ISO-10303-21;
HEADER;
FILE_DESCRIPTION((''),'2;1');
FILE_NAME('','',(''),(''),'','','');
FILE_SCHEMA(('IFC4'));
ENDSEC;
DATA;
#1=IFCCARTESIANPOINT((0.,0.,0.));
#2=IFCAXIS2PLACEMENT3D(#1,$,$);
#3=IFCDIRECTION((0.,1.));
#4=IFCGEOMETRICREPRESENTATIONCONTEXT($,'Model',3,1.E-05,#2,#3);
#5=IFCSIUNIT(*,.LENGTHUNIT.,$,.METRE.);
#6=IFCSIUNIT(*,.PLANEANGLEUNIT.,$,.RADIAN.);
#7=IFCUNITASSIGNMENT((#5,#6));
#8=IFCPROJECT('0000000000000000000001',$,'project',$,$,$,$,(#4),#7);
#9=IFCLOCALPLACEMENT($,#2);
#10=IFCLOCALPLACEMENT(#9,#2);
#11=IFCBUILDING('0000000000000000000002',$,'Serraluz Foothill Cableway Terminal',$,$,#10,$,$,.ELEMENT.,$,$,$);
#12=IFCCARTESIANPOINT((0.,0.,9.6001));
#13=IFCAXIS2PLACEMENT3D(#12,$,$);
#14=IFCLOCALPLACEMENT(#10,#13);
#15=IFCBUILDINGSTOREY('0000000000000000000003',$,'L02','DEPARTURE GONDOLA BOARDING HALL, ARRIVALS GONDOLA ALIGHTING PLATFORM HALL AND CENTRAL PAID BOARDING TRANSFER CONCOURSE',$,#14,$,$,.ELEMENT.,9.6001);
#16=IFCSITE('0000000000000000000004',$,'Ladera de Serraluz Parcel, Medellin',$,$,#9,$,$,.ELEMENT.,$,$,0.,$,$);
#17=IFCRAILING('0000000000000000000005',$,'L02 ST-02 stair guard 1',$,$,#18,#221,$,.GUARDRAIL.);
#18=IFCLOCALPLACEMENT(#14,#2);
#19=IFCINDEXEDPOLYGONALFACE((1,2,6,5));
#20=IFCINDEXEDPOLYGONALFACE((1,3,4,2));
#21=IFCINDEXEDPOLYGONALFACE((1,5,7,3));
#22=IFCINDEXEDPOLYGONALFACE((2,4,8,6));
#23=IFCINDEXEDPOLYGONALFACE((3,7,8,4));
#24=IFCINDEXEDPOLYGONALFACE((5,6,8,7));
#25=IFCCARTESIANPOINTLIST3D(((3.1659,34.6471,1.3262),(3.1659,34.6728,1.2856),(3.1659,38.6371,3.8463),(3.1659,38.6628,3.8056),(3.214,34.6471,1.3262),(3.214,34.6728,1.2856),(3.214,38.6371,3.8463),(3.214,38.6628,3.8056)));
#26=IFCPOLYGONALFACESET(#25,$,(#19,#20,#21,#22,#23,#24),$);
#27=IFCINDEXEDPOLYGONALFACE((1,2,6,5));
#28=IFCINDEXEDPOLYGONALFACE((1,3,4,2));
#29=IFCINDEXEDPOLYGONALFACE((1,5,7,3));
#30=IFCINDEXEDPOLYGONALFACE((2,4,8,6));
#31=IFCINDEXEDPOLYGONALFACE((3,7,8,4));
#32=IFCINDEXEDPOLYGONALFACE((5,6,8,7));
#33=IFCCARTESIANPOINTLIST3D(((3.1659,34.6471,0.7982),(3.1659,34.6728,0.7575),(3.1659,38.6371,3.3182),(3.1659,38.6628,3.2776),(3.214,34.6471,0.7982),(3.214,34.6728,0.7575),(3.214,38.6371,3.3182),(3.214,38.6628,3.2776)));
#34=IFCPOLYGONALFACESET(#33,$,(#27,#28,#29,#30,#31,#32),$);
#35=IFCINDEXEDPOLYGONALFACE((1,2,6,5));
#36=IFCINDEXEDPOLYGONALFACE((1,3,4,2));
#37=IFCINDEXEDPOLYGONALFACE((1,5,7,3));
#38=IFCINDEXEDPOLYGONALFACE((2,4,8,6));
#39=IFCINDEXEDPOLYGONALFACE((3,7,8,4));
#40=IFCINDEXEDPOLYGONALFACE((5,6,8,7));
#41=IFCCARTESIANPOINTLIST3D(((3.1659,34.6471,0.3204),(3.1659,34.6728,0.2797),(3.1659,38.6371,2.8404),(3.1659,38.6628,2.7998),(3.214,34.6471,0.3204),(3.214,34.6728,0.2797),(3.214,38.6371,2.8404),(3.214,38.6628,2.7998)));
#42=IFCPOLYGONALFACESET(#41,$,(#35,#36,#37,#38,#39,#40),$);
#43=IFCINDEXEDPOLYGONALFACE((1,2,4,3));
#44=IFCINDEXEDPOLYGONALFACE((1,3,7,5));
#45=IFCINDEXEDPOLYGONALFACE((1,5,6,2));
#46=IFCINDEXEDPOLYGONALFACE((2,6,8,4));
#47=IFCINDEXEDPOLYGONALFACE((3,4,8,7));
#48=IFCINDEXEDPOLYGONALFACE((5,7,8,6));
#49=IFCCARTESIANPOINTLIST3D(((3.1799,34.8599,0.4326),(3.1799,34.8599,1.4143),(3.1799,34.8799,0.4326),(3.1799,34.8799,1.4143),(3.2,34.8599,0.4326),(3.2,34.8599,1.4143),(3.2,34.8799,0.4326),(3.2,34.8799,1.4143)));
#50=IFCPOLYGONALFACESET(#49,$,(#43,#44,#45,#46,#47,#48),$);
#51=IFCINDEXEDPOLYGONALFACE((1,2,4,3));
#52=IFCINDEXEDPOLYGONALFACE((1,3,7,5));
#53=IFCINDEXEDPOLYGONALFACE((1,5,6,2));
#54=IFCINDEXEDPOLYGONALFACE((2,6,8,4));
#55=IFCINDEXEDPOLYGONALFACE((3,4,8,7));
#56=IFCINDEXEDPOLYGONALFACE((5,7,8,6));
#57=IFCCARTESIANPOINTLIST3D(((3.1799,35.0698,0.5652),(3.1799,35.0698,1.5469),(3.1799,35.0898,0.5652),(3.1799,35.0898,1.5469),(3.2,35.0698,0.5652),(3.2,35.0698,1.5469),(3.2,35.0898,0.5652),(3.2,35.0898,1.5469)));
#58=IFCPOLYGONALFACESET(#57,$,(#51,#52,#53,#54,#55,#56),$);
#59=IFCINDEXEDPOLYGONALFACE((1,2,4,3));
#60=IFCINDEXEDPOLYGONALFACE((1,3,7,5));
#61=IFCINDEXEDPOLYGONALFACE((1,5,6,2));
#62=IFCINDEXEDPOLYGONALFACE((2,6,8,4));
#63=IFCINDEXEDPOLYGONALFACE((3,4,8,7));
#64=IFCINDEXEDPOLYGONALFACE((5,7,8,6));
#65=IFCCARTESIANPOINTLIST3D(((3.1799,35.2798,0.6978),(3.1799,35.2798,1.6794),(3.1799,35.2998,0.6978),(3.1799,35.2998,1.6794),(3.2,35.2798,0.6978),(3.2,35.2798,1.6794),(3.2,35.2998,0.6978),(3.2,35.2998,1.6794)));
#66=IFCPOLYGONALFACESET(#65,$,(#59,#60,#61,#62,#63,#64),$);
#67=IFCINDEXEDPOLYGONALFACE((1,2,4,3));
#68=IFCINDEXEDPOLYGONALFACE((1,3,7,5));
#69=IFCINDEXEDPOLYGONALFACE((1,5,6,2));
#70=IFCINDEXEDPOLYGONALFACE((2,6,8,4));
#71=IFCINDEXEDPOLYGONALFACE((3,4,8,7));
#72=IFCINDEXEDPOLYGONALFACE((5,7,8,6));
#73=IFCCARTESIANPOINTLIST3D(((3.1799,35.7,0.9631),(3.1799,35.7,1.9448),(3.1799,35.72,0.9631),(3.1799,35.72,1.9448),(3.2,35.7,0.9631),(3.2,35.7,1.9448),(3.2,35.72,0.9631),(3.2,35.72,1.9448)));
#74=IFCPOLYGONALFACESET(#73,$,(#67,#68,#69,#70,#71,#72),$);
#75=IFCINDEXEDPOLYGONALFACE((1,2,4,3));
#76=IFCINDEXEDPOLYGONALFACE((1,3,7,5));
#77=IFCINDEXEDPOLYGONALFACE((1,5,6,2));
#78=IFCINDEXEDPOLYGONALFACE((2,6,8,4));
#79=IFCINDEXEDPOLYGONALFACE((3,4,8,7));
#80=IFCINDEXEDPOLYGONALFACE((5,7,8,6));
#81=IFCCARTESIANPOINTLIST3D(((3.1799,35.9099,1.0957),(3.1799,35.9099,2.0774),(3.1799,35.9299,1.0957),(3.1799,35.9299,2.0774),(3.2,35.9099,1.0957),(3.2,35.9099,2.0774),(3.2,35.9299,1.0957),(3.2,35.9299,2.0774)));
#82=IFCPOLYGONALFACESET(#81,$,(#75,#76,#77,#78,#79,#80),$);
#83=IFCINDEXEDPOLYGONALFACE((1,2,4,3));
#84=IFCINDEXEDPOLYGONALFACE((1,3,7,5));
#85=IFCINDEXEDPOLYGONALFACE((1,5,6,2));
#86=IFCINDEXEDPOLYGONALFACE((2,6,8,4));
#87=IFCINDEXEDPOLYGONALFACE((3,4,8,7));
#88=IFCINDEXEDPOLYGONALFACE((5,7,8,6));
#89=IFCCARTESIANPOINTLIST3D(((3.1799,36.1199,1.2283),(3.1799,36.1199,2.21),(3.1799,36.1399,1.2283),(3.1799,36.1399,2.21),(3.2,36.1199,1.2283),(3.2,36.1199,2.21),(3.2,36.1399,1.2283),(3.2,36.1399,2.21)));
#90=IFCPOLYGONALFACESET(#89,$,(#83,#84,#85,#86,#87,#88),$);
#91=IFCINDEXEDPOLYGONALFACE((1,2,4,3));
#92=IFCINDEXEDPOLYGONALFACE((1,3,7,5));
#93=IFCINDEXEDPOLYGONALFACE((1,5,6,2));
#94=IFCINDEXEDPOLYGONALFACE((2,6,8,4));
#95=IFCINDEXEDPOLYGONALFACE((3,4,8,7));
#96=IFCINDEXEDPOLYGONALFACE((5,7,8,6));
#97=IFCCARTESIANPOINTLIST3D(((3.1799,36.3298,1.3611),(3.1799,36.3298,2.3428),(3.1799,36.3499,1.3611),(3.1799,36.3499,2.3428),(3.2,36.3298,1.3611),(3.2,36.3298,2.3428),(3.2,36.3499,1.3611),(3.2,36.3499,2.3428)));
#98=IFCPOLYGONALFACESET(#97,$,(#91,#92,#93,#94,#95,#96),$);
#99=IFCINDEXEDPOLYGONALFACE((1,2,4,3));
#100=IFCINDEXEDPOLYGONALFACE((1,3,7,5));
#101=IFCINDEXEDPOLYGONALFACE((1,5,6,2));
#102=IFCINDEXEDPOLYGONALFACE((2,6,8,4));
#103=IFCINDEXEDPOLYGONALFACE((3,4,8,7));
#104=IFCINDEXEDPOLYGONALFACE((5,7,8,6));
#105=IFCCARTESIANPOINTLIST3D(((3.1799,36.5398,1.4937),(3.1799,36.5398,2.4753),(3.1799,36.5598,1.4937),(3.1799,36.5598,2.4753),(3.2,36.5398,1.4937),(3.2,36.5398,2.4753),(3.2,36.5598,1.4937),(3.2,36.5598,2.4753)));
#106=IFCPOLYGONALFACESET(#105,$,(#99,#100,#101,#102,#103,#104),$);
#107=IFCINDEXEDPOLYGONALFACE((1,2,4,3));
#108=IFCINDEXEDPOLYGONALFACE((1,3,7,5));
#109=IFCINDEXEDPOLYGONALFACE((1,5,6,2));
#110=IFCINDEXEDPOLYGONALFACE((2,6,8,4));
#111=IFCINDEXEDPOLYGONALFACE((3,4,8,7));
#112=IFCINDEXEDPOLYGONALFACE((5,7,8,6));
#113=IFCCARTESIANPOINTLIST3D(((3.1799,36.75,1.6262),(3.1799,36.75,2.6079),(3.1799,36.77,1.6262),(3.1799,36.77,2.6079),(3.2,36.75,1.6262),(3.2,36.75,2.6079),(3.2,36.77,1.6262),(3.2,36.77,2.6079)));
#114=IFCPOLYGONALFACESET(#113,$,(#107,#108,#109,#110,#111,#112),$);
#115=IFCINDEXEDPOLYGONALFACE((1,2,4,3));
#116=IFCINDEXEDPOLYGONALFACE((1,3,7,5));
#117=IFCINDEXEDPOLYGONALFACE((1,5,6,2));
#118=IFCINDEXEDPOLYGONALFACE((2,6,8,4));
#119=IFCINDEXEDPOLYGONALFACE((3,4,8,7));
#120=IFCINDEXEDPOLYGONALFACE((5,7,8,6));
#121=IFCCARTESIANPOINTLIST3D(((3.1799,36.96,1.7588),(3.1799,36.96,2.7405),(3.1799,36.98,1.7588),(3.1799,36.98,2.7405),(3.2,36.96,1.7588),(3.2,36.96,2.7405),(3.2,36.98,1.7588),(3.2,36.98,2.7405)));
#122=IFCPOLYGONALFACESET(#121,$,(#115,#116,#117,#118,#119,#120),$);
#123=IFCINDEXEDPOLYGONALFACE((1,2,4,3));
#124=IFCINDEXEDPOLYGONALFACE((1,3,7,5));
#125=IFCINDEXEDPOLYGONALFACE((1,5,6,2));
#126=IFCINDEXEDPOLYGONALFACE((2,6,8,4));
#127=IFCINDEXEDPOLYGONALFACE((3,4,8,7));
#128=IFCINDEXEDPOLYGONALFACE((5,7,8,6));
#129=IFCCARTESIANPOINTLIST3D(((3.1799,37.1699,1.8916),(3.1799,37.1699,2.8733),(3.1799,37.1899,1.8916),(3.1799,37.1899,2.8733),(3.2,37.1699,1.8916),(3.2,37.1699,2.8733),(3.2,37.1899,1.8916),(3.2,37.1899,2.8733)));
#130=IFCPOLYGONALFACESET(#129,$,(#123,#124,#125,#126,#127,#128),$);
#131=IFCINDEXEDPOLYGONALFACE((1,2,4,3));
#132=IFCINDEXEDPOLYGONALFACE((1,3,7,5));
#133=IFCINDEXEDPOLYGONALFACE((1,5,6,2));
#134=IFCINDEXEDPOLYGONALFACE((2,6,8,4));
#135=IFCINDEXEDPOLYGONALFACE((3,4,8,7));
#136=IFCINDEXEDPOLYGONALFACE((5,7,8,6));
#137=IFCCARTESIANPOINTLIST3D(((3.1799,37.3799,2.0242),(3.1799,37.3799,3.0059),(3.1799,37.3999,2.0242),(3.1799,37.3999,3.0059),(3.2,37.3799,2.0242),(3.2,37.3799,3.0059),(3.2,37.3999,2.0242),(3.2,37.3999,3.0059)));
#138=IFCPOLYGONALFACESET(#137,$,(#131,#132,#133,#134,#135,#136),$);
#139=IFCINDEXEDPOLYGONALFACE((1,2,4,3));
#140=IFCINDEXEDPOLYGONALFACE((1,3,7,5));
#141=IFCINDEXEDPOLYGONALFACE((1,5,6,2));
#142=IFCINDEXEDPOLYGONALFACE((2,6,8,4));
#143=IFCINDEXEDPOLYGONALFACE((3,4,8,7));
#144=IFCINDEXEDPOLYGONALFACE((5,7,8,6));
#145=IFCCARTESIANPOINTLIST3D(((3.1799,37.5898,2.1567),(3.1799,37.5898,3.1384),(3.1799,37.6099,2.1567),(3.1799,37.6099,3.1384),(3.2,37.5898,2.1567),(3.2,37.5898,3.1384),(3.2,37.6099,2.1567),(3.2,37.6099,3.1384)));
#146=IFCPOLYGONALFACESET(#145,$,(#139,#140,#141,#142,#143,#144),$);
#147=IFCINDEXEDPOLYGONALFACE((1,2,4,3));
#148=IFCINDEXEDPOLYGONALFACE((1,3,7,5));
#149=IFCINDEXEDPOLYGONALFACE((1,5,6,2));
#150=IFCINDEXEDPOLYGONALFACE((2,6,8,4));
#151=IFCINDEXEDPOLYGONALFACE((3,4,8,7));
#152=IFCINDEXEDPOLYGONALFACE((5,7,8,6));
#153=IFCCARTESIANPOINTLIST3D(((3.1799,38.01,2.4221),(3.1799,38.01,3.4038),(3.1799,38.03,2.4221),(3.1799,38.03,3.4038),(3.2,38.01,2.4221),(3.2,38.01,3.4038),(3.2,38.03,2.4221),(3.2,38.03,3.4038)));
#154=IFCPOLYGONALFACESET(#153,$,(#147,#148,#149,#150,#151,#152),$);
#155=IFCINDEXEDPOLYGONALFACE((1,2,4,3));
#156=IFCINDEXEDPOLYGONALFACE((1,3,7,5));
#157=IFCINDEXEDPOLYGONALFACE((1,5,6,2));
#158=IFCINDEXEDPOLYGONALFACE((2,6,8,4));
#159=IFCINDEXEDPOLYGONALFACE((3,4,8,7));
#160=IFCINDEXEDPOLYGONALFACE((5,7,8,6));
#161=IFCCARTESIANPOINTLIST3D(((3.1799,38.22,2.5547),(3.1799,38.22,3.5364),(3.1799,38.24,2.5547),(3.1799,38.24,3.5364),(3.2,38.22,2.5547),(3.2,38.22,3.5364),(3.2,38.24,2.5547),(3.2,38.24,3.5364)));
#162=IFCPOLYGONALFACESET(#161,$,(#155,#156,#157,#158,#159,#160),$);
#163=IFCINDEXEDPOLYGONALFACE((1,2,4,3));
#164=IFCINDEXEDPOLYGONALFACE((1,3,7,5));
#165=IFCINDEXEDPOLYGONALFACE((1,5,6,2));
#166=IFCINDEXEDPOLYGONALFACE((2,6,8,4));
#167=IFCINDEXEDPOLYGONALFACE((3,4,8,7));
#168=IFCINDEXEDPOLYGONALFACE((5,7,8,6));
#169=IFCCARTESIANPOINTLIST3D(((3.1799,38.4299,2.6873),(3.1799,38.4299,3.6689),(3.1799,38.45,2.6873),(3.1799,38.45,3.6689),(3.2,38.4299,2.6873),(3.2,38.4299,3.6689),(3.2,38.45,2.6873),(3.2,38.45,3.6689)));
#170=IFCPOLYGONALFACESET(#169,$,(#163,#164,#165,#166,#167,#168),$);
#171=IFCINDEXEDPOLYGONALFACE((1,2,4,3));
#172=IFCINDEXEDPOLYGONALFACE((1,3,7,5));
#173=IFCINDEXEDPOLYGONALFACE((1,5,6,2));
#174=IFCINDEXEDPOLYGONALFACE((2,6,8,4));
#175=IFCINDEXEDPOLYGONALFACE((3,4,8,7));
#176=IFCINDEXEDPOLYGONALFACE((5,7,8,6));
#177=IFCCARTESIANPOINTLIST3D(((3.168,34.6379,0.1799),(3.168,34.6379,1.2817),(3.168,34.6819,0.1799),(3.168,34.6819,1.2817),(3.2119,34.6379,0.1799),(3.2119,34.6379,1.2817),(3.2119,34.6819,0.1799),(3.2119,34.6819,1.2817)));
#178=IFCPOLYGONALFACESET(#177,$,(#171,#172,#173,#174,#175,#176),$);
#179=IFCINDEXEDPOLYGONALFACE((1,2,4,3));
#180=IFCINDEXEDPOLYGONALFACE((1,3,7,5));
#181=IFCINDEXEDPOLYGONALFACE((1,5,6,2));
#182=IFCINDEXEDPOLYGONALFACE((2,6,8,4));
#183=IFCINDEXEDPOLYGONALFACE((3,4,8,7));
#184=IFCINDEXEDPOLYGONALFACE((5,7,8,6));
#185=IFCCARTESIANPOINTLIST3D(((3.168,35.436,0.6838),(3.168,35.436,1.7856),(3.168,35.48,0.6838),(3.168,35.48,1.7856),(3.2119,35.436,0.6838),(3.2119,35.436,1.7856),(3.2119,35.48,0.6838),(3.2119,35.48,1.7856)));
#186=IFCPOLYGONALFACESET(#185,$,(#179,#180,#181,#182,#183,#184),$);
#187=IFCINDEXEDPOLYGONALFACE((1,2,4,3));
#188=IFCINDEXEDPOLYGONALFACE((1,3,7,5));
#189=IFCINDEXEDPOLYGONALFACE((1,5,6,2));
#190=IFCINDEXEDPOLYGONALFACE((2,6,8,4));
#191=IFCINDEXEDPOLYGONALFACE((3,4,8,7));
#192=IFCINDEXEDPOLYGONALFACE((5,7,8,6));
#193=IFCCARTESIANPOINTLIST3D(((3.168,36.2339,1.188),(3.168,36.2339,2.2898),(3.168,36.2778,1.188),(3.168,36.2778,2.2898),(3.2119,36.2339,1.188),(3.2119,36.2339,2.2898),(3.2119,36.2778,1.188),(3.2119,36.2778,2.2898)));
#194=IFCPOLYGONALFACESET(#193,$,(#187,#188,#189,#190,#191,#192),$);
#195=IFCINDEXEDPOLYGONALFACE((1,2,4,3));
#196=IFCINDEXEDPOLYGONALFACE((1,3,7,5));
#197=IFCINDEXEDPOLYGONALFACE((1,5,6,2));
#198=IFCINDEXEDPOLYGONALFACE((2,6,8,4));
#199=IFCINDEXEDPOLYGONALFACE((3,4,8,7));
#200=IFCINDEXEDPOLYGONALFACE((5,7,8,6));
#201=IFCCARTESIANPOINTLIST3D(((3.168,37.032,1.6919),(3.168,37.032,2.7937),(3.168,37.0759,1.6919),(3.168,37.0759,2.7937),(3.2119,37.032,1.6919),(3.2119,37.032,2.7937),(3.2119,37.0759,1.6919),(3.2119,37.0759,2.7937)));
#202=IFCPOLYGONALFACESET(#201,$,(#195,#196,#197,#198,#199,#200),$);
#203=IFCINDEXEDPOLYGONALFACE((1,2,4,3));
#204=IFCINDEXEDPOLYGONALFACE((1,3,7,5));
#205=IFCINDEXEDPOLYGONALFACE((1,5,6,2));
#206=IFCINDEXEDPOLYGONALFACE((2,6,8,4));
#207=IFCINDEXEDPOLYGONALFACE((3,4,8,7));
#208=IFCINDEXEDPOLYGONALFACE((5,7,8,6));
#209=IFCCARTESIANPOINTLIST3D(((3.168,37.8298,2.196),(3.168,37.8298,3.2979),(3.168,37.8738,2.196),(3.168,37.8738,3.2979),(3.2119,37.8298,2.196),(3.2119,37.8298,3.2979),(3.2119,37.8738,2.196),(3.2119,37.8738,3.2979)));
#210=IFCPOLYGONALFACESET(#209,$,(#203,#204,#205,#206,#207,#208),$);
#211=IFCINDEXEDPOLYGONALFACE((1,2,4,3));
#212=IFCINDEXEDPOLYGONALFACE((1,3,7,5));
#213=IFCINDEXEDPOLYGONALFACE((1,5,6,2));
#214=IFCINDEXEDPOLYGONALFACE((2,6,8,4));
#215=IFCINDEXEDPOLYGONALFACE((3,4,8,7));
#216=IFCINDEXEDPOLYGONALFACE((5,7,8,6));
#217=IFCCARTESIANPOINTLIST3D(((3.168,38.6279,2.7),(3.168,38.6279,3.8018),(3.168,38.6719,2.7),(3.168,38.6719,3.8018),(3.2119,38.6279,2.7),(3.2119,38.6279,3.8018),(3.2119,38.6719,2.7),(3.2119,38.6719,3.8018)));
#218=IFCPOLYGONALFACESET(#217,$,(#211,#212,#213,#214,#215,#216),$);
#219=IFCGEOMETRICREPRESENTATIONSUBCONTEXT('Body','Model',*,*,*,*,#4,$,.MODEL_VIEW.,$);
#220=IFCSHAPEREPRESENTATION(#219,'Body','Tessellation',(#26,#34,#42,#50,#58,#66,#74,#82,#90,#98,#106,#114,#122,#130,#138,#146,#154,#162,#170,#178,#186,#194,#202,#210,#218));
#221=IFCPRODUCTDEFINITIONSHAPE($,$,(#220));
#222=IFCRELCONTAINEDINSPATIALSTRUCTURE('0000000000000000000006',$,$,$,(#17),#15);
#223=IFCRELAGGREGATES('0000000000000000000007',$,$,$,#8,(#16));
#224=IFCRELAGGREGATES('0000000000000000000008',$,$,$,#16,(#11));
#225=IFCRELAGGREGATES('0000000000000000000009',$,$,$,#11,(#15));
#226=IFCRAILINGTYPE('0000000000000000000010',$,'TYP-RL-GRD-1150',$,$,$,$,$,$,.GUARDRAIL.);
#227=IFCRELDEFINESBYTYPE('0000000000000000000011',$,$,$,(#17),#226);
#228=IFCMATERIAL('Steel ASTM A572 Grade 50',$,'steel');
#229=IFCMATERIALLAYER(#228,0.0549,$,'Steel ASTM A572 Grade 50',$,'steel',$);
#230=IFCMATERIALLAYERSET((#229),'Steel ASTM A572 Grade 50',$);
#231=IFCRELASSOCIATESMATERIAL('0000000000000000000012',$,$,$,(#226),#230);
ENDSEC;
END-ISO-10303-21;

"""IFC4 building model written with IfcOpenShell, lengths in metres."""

from ifc_helpers import new_model, si_unit, direction, frame, origin, origin_2d, place, context, subcontext, project, spatial, rectangle, extrude, material, layer, layer_set, type_object, element, save


model = new_model("IFC4")

# Units and contexts
model_context = context("Model", 3, precision=1e-05, world=origin(), true_north=direction((0.0, 1.0)))
body_context = subcontext(model_context, "Body", "Model", "MODEL_VIEW")
ifc_project = project(units=[si_unit("LENGTHUNIT", "METRE"), si_unit("PLANEANGLEUNIT", "RADIAN")], contexts=[model_context])

# Site, building, storey
site_placement = place(None, origin())
site = spatial("IfcSite", under=ifc_project, at=site_placement, Name="Ladera de Serraluz Parcel, Medellin", CompositionType="ELEMENT", RefElevation=0.0)
building_placement = place(site_placement, origin())
building = spatial("IfcBuilding", under=site, at=building_placement, Name="Serraluz Foothill Cableway Terminal", CompositionType="ELEMENT")
storey_placement = place(building_placement, frame((0.0, 0.0, 9.6001)))
storey = spatial("IfcBuildingStorey", under=building, at=storey_placement, Name="L02", Description="DEPARTURE GONDOLA BOARDING HALL, ARRIVALS GONDOLA ALIGHTING PLATFORM HALL AND CENTRAL PAID BOARDING TRANSFER CONCOURSE", CompositionType="ELEMENT", Elevation=9.6001)

# Railing
ifc_material_1 = material(Name="Steel ASTM A572 Grade 50", Category="steel")
ifc_layer_1 = layer(ifc_material_1, 0.0549, Name="Steel ASTM A572 Grade 50", Category="steel")
ifc_layer_set_1 = layer_set([ifc_layer_1], Name="Steel ASTM A572 Grade 50")
railing_type_1 = type_object("IfcRailingType", Name="TYP-RL-GRD-1150", PredefinedType="GUARDRAIL", material=ifc_layer_set_1)
railing_1_placement = place(storey_placement, frame((3.1899, 34.6599, 0.1799)))
element("IfcRailing", 1, at=railing_1_placement, inside=storey, type_object=railing_type_1, Name="L02 ST-02 stair guard 1", PredefinedType="GUARDRAIL", context=body_context, shape_type="SweptSolid", body=[
    extrude(rectangle(XDim=0.0481, YDim=0.0481, at=origin_2d()), frame((0.0, 0.0, 1.126), z_axis=(0.0, 0.845486, 0.533997), x_axis=(-1.0, 0.0, 0.0)), (0.0, 0.0, 1.0), 4.7192),
    extrude(rectangle(XDim=0.0481, YDim=0.0481, at=origin_2d()), frame((0.0, 0.0, 0.5979), z_axis=(0.0, 0.845486, 0.533997), x_axis=(-1.0, 0.0, 0.0)), (0.0, 0.0, 1.0), 4.7192),
    extrude(rectangle(XDim=0.0481, YDim=0.0481, at=origin_2d()), frame((0.0, 0.0, 0.1201), z_axis=(0.0, 0.845486, 0.533997), x_axis=(-1.0, 0.0, 0.0)), (0.0, 0.0, 1.0), 4.7192),
    extrude(rectangle(XDim=0.02, YDim=0.02, at=origin_2d()), frame((0.0, 0.21, 0.2527)), (0.0, 0.0, 1.0), 0.9817),
    extrude(rectangle(XDim=0.02, YDim=0.02, at=origin_2d()), frame((0.0, 0.4199, 0.3853)), (0.0, 0.0, 1.0), 0.9817),
    extrude(rectangle(XDim=0.02, YDim=0.02, at=origin_2d()), frame((0.0, 0.6299, 0.5178)), (0.0, 0.0, 1.0), 0.9817),
    extrude(rectangle(XDim=0.02, YDim=0.02, at=origin_2d()), frame((0.0, 1.05, 0.7832)), (0.0, 0.0, 1.0), 0.9817),
    extrude(rectangle(XDim=0.02, YDim=0.02, at=origin_2d()), frame((0.0, 1.26, 0.9158)), (0.0, 0.0, 1.0), 0.9817),
    extrude(rectangle(XDim=0.02, YDim=0.02, at=origin_2d()), frame((0.0, 1.47, 1.0483)), (0.0, 0.0, 1.0), 0.9817),
    extrude(rectangle(XDim=0.02, YDim=0.02, at=origin_2d()), frame((0.0, 1.6799, 1.1812)), (0.0, 0.0, 1.0), 0.9817),
    extrude(rectangle(XDim=0.02, YDim=0.02, at=origin_2d()), frame((0.0, 1.8899, 1.3137)), (0.0, 0.0, 1.0), 0.9817),
    extrude(rectangle(XDim=0.02, YDim=0.02, at=origin_2d()), frame((0.0, 2.1001, 1.4463)), (0.0, 0.0, 1.0), 0.9817),
    extrude(rectangle(XDim=0.02, YDim=0.02, at=origin_2d()), frame((0.0, 2.3101, 1.5789)), (0.0, 0.0, 1.0), 0.9817),
    extrude(rectangle(XDim=0.02, YDim=0.02, at=origin_2d()), frame((0.0, 2.52, 1.7117)), (0.0, 0.0, 1.0), 0.9817),
    extrude(rectangle(XDim=0.02, YDim=0.02, at=origin_2d()), frame((0.0, 2.73, 1.8442)), (0.0, 0.0, 1.0), 0.9817),
    extrude(rectangle(XDim=0.02, YDim=0.02, at=origin_2d()), frame((0.0, 2.9399, 1.9768)), (0.0, 0.0, 1.0), 0.9817),
    extrude(rectangle(XDim=0.02, YDim=0.02, at=origin_2d()), frame((0.0, 3.3601, 2.2422)), (0.0, 0.0, 1.0), 0.9817),
    extrude(rectangle(XDim=0.02, YDim=0.02, at=origin_2d()), frame((0.0, 3.5701, 2.3748)), (0.0, 0.0, 1.0), 0.9817),
    extrude(rectangle(XDim=0.02, YDim=0.02, at=origin_2d()), frame((0.0, 3.78, 2.5073)), (0.0, 0.0, 1.0), 0.9817),
    extrude(rectangle(XDim=0.0439, YDim=0.0439, at=origin_2d()), origin(), (0.0, 0.0, 1.0), 1.1018),
    extrude(rectangle(XDim=0.0439, YDim=0.0439, at=origin_2d()), frame((0.0, 0.7981, 0.5039)), (0.0, 0.0, 1.0), 1.1018),
    extrude(rectangle(XDim=0.0439, YDim=0.0439, at=origin_2d()), frame((0.0, 1.5959, 1.0081)), (0.0, 0.0, 1.0), 1.1018),
    extrude(rectangle(XDim=0.0439, YDim=0.0439, at=origin_2d()), frame((0.0, 2.394, 1.512)), (0.0, 0.0, 1.0), 1.1018),
    extrude(rectangle(XDim=0.0439, YDim=0.0439, at=origin_2d()), frame((0.0, 3.1919, 2.0161)), (0.0, 0.0, 1.0), 1.1018),
    extrude(rectangle(XDim=0.0439, YDim=0.0439, at=origin_2d()), frame((0.0, 3.99, 2.52)), (0.0, 0.0, 1.0), 1.1018),
])

save(model, "model.ifc")
